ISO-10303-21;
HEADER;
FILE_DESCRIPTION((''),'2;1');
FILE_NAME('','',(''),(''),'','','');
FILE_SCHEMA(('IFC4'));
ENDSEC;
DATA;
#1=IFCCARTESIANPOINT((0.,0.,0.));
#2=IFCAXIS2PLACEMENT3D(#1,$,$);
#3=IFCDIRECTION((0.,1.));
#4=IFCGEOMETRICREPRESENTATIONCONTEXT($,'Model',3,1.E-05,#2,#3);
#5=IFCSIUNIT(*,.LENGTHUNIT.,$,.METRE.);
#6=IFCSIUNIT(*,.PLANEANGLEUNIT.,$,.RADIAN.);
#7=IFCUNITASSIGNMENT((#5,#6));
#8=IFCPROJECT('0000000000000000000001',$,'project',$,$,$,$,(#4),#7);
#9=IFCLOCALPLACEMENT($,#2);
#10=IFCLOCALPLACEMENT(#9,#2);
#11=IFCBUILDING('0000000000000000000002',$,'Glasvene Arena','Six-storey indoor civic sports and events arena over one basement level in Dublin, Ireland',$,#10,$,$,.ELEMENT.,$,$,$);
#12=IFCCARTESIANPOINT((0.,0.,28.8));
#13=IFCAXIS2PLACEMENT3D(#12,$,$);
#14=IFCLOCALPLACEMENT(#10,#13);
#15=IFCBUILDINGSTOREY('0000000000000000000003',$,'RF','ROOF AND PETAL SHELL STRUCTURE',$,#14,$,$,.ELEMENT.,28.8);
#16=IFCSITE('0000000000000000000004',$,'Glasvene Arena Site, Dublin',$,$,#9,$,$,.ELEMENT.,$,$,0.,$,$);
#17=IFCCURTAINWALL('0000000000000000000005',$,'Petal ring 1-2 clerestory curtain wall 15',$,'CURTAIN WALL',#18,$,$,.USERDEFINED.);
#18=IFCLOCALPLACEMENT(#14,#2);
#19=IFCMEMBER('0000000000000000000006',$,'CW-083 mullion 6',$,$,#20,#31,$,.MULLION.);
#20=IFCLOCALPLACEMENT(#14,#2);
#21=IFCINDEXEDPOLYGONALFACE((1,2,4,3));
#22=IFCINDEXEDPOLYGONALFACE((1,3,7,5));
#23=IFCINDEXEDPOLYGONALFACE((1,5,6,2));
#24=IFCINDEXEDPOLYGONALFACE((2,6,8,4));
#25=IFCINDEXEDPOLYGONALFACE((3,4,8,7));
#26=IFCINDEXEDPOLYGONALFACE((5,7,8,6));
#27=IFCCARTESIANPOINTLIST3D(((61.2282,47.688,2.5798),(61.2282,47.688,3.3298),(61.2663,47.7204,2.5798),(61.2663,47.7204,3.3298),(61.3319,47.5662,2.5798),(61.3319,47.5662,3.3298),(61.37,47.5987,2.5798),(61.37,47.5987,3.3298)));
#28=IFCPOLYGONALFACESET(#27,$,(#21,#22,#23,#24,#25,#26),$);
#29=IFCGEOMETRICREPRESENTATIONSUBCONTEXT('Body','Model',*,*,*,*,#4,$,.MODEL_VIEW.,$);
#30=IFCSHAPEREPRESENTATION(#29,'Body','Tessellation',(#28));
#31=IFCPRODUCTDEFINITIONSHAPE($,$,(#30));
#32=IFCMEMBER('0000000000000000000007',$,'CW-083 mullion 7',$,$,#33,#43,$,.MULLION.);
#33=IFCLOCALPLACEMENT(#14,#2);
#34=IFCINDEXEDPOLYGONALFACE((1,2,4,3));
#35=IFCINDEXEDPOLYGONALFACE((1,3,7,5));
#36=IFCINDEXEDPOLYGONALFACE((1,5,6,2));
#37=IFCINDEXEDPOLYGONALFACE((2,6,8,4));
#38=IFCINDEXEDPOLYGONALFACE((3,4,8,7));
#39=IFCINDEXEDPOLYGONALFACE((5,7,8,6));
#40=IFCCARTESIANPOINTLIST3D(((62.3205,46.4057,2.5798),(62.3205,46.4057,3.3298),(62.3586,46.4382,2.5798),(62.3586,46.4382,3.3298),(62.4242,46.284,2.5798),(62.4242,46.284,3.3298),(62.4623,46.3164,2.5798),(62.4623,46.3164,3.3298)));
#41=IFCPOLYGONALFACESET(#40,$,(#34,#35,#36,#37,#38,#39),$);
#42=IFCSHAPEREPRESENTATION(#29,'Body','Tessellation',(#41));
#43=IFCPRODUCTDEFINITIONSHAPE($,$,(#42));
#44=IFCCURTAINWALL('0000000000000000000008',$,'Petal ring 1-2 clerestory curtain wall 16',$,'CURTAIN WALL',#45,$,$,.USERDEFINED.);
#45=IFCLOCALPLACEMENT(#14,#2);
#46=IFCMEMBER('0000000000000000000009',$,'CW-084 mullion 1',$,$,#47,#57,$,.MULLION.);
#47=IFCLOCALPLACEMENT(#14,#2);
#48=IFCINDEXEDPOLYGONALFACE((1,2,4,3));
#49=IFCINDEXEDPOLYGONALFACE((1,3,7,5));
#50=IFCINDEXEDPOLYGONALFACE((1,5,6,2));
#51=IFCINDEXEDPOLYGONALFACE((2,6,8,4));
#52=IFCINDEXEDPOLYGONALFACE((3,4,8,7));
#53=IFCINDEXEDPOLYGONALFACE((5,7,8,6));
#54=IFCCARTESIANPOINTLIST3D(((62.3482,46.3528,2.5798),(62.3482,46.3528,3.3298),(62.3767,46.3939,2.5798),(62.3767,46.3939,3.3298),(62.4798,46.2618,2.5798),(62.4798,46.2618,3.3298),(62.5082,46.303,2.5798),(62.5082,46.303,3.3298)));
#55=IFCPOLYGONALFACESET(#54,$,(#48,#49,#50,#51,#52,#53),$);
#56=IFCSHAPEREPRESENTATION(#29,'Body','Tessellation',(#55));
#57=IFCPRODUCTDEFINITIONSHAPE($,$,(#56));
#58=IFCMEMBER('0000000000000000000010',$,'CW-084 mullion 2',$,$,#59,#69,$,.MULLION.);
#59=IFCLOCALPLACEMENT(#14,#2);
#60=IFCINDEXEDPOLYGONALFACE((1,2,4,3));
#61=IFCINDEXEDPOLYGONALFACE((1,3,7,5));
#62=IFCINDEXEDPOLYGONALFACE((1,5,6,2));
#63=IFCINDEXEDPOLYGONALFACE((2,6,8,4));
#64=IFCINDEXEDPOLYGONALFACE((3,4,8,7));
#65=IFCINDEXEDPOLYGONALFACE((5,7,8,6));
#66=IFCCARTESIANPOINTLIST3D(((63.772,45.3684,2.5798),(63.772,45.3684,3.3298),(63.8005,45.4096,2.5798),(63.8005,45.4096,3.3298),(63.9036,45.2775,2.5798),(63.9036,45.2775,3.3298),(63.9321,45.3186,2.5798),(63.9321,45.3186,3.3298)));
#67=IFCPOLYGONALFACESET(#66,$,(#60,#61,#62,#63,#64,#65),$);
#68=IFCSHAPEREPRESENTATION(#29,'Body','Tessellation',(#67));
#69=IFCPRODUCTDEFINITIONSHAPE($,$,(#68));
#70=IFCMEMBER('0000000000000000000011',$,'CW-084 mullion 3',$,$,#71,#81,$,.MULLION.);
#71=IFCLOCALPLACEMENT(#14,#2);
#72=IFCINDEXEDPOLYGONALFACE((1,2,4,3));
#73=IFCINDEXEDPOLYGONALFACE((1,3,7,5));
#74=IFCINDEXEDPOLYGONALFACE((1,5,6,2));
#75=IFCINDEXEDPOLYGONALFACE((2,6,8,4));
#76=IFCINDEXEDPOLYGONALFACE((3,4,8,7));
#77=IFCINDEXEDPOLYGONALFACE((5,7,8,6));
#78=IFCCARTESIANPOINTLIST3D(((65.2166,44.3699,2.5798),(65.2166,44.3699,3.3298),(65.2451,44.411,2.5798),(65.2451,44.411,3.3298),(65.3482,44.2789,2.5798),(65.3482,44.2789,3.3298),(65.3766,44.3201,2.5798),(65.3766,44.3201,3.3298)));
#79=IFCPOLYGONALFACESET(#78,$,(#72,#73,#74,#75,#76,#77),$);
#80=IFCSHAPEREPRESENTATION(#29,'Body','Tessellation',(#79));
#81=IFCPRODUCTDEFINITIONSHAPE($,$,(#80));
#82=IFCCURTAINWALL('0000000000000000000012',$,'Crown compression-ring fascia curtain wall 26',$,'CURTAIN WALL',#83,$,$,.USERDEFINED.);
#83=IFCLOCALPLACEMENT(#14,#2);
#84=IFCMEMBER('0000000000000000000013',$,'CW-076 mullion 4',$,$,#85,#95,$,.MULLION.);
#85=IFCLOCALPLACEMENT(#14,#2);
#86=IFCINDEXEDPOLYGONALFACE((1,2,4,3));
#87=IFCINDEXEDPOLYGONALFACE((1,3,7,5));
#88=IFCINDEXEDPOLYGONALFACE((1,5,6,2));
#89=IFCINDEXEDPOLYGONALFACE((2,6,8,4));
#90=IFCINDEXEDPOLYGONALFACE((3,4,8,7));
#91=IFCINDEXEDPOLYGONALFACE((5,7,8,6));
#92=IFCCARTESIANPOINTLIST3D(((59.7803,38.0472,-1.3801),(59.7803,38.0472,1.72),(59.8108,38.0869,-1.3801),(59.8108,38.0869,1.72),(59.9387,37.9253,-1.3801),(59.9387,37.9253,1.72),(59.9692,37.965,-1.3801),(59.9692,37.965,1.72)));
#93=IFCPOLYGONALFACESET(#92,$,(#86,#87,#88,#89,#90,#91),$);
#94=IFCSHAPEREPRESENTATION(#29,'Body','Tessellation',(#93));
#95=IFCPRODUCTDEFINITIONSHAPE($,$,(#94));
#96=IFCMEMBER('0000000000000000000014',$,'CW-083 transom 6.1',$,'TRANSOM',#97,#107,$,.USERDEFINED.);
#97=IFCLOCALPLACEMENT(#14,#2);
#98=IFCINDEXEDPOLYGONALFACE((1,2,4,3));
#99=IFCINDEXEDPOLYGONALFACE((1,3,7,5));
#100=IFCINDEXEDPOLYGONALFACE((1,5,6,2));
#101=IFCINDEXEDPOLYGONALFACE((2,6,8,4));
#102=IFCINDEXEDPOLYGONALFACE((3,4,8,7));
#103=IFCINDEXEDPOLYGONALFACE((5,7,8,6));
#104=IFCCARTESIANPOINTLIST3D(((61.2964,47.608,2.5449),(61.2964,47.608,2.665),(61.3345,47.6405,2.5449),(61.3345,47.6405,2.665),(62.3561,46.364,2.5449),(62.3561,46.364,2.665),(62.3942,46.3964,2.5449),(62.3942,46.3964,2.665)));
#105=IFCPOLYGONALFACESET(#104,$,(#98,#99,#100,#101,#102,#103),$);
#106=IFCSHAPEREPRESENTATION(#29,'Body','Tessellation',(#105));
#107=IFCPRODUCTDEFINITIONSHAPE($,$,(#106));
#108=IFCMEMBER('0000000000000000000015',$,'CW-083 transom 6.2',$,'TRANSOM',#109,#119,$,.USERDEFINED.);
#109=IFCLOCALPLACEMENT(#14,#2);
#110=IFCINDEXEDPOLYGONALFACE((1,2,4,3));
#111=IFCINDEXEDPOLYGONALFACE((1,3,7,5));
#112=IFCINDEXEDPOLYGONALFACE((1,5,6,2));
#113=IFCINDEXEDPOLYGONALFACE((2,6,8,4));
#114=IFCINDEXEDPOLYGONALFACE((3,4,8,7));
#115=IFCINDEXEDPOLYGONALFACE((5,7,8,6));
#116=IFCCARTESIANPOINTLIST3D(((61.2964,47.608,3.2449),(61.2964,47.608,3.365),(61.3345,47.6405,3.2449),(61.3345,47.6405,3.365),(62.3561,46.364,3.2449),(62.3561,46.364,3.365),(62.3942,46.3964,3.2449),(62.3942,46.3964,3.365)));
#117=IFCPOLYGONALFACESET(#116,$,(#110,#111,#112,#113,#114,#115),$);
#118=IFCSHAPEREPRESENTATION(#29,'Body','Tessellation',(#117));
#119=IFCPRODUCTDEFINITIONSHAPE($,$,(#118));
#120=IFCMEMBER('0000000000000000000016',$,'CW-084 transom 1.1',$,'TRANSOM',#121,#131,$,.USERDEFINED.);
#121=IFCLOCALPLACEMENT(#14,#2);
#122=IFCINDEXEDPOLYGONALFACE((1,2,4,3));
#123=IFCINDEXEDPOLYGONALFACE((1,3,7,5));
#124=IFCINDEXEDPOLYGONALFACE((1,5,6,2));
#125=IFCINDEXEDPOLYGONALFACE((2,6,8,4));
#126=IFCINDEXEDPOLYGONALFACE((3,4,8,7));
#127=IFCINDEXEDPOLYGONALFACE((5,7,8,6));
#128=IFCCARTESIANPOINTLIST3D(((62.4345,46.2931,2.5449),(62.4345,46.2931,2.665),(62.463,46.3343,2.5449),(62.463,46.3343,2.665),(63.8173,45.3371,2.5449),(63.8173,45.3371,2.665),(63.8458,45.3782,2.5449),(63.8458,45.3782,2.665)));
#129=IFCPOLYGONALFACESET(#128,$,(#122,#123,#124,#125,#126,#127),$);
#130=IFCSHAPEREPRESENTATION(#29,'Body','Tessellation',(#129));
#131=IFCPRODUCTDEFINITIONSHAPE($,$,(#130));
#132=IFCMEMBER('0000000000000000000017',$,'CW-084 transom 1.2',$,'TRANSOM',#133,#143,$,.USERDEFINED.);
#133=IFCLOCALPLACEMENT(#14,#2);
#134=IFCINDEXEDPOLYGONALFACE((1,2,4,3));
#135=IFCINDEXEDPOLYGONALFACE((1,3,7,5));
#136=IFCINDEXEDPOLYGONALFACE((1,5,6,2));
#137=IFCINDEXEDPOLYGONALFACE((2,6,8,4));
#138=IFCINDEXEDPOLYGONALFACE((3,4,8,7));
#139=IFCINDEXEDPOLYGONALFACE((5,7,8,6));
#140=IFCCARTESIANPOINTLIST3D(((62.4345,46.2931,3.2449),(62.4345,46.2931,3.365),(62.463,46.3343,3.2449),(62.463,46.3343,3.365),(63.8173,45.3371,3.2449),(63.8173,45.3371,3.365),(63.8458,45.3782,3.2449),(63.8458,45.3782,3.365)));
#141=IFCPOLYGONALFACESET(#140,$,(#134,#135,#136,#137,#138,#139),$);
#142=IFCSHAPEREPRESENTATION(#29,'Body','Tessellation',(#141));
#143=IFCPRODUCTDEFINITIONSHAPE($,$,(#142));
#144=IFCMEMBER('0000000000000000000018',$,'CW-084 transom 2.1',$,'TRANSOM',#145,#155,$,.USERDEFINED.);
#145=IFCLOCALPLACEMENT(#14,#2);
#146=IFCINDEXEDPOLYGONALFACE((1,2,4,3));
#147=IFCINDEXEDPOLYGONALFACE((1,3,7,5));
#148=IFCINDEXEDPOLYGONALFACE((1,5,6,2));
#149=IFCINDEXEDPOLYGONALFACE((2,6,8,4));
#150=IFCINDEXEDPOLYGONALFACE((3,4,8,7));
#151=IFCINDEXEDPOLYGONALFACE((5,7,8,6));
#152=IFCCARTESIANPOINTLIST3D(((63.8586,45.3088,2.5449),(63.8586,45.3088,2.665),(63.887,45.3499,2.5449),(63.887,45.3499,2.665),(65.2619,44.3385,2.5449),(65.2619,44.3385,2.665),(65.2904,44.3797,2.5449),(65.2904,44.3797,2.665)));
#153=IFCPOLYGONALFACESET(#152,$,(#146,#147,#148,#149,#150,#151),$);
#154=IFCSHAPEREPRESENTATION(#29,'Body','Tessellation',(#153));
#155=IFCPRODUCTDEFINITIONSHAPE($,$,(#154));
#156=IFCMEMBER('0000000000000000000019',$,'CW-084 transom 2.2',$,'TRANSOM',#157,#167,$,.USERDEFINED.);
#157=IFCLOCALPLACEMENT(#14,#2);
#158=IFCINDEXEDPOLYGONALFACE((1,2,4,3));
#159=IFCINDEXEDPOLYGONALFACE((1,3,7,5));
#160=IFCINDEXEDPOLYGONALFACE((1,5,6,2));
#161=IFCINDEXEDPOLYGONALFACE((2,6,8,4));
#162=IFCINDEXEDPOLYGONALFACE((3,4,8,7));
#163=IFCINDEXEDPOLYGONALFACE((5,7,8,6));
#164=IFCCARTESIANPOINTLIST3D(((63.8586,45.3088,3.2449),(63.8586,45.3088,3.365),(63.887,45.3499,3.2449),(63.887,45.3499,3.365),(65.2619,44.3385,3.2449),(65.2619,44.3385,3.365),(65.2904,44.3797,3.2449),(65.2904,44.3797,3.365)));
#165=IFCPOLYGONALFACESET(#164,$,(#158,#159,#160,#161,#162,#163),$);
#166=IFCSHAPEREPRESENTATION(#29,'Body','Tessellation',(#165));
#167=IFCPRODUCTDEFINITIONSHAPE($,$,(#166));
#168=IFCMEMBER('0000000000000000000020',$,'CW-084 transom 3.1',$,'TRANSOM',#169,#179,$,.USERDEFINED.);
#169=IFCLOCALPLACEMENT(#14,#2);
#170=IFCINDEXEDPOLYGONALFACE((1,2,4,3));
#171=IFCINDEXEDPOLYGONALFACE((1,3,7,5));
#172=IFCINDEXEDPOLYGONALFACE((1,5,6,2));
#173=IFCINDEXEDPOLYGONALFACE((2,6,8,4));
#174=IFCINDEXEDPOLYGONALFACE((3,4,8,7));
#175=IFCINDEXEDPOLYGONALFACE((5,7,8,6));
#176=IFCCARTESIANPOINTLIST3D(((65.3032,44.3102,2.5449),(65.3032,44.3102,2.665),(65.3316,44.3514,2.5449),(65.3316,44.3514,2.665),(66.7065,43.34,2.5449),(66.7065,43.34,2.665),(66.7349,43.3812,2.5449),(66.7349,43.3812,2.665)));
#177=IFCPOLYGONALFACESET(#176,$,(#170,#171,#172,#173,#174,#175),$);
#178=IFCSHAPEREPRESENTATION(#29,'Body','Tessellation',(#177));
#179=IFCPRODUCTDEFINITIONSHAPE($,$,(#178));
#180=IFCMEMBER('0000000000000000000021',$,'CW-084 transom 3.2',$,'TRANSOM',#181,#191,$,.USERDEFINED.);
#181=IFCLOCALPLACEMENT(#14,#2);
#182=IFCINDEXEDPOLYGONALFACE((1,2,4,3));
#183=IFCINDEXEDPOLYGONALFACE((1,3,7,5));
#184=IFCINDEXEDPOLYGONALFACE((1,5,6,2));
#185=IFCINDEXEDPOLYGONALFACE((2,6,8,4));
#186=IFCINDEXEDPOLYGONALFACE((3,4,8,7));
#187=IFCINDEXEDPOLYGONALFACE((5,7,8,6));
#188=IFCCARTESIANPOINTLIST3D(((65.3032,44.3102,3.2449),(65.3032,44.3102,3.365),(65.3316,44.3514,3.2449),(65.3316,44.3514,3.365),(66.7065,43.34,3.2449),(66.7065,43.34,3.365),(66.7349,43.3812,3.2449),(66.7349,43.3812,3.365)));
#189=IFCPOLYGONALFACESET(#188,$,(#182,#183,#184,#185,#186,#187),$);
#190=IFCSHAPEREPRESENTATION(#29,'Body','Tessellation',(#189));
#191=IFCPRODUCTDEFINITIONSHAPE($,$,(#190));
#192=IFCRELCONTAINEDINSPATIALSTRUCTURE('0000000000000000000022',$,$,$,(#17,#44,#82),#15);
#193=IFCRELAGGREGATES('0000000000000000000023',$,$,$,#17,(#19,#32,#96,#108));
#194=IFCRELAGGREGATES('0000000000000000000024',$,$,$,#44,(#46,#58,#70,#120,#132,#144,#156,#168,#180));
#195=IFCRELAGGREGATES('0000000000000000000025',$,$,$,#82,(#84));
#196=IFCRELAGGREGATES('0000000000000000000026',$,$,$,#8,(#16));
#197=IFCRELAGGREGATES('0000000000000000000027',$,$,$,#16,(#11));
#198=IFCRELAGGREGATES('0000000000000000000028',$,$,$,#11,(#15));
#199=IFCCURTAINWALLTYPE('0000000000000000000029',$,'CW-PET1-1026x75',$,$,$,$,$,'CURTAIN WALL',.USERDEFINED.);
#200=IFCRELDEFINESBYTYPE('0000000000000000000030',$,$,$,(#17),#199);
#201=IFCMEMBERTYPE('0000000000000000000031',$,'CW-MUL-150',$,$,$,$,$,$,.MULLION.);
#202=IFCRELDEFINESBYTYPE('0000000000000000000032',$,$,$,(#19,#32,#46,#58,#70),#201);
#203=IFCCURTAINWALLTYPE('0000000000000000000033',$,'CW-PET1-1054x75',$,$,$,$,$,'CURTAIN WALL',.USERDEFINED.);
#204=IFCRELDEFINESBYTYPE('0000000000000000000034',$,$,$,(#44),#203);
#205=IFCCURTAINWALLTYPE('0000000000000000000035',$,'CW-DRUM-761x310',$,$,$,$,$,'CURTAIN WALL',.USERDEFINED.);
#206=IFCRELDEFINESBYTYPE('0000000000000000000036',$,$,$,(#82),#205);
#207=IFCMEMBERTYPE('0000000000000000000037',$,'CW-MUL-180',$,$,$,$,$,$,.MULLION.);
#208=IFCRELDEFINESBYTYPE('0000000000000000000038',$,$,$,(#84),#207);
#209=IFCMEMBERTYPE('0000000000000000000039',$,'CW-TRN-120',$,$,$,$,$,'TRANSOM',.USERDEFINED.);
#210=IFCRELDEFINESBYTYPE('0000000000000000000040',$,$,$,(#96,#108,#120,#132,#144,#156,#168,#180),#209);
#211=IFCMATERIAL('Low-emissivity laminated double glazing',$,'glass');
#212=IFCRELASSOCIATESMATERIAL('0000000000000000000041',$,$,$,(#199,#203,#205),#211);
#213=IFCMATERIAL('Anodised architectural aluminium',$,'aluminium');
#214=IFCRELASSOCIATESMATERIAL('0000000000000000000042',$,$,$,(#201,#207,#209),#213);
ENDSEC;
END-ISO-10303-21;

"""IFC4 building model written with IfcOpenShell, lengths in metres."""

from ifc_helpers import new_model, si_unit, direction, frame, origin, origin_2d, place, context, subcontext, project, spatial, rectangle, extrude, material, material_profile, profile_set, type_object, element, aggregate, save


model = new_model("IFC4")

# Units and contexts
model_context = context("Model", 3, precision=1e-05, world=origin(), true_north=direction((0.0, 1.0)))
body_context = subcontext(model_context, "Body", "Model", "MODEL_VIEW")
ifc_project = project(units=[si_unit("LENGTHUNIT", "METRE"), si_unit("PLANEANGLEUNIT", "RADIAN")], contexts=[model_context])

# Site, building, storey
site_placement = place(None, origin())
site = spatial("IfcSite", under=ifc_project, at=site_placement, Name="Glasvene Arena Site, Dublin", CompositionType="ELEMENT", RefElevation=0.0)
building_placement = place(site_placement, origin())
building = spatial("IfcBuilding", under=site, at=building_placement, Name="Glasvene Arena", Description="Six-storey indoor civic sports and events arena over one basement level in Dublin, Ireland", CompositionType="ELEMENT")
storey_placement = place(building_placement, frame((0.0, 0.0, 28.8)))
storey = spatial("IfcBuildingStorey", under=building, at=storey_placement, Name="RF", Description="ROOF AND PETAL SHELL STRUCTURE", CompositionType="ELEMENT", Elevation=28.8)

# Curtain walls, members
ifc_material_1 = material(Name="Low-emissivity laminated double glazing", Category="glass")
curtain_wall_type_1 = type_object("IfcCurtainWallType", Name="CW-PET1-1026x75", ElementType="CURTAIN WALL", PredefinedType="USERDEFINED", material=ifc_material_1)
curtain_wall_1_placement = place(storey_placement, frame((55.7568, 54.1499, 0.0)))
curtain_wall_1 = element("IfcCurtainWall", 1, at=curtain_wall_1_placement, inside=storey, type_object=curtain_wall_type_1, Name="Petal ring 1-2 clerestory curtain wall 15", ObjectType="CURTAIN WALL", PredefinedType="USERDEFINED")
ifc_material_2 = material(Name="Anodised architectural aluminium", Category="aluminium")
ifc_material_profile_1 = material_profile(ifc_material_2, rectangle(XDim=0.05, YDim=0.1599, at=origin_2d()), Name="ALU MULLION 50x160")
ifc_profile_set_1 = profile_set([ifc_material_profile_1], Name="Anodised architectural aluminium")
member_type_1 = type_object("IfcMemberType", Name="CW-MUL-150", PredefinedType="MULLION", material=ifc_profile_set_1)
member_1_placement = place(storey_placement, frame((61.2991, 47.6433, 2.5798), z_axis=(0.0, 0.0, 1.0), x_axis=(0.761261, 0.648445, 0.0)))
member_1 = element("IfcMember", 2, at=member_1_placement, type_object=member_type_1, Name="CW-083 mullion 6", PredefinedType="MULLION", context=body_context, shape_type="SweptSolid", body=[
    extrude(rectangle(XDim=0.05, YDim=0.1599, at=origin_2d()), origin(), (0.0, 0.0, 1.0), 0.75),
])
member_2_placement = place(storey_placement, frame((62.3914, 46.3611, 2.5798), z_axis=(0.0, 0.0, 1.0), x_axis=(0.761261, 0.648445, 0.0)))
member_2 = element("IfcMember", 3, at=member_2_placement, type_object=member_type_1, Name="CW-083 mullion 7", PredefinedType="MULLION", context=body_context, shape_type="SweptSolid", body=[
    extrude(rectangle(XDim=0.05, YDim=0.1599, at=origin_2d()), origin(), (0.0, 0.0, 1.0), 0.75),
])
curtain_wall_type_2 = type_object("IfcCurtainWallType", Name="CW-PET1-1054x75", ElementType="CURTAIN WALL", PredefinedType="USERDEFINED", material=ifc_material_1)
curtain_wall_2_placement = place(storey_placement, frame((62.4077, 46.342, 0.0)))
curtain_wall_2 = element("IfcCurtainWall", 4, at=curtain_wall_2_placement, inside=storey, type_object=curtain_wall_type_2, Name="Petal ring 1-2 clerestory curtain wall 16", ObjectType="CURTAIN WALL", PredefinedType="USERDEFINED")
member_3_placement = place(storey_placement, frame((62.4282, 46.3279, 2.5798), z_axis=(0.0, 0.0, 1.0), x_axis=(0.568619, 0.822601, 0.0)))
member_3 = element("IfcMember", 5, at=member_3_placement, type_object=member_type_1, Name="CW-084 mullion 1", PredefinedType="MULLION", context=body_context, shape_type="SweptSolid", body=[
    extrude(rectangle(XDim=0.05, YDim=0.1599, at=origin_2d()), origin(), (0.0, 0.0, 1.0), 0.75),
])
member_4_placement = place(storey_placement, frame((63.8521, 45.3435, 2.5798), z_axis=(0.0, 0.0, 1.0), x_axis=(0.568619, 0.822601, 0.0)))
member_4 = element("IfcMember", 6, at=member_4_placement, type_object=member_type_1, Name="CW-084 mullion 2", PredefinedType="MULLION", context=body_context, shape_type="SweptSolid", body=[
    extrude(rectangle(XDim=0.05, YDim=0.1599, at=origin_2d()), origin(), (0.0, 0.0, 1.0), 0.75),
])
member_5_placement = place(storey_placement, frame((65.2966, 44.345, 2.5798), z_axis=(0.0, 0.0, 1.0), x_axis=(0.568619, 0.822601, 0.0)))
member_5 = element("IfcMember", 7, at=member_5_placement, type_object=member_type_1, Name="CW-084 mullion 3", PredefinedType="MULLION", context=body_context, shape_type="SweptSolid", body=[
    extrude(rectangle(XDim=0.05, YDim=0.1599, at=origin_2d()), origin(), (0.0, 0.0, 1.0), 0.75),
])

# Curtain wall, member
curtain_wall_type_3 = type_object("IfcCurtainWallType", Name="CW-DRUM-761x310", ElementType="CURTAIN WALL", PredefinedType="USERDEFINED", material=ifc_material_1)
curtain_wall_3_placement = place(storey_placement, frame((56.2559, 40.7913, 0.0)))
curtain_wall_3 = element("IfcCurtainWall", 8, at=curtain_wall_3_placement, inside=storey, type_object=curtain_wall_type_3, Name="Crown compression-ring fascia curtain wall 26", ObjectType="CURTAIN WALL", PredefinedType="USERDEFINED")
ifc_material_profile_2 = material_profile(ifc_material_2, rectangle(XDim=0.05, YDim=0.2, at=origin_2d()), Name="ALU MULLION 50x200")
ifc_profile_set_2 = profile_set([ifc_material_profile_2], Name="Anodised architectural aluminium")
member_type_2 = type_object("IfcMemberType", Name="CW-MUL-180", PredefinedType="MULLION", material=ifc_profile_set_2)
member_6_placement = place(storey_placement, frame((59.8748, 38.0061, -1.3801), z_axis=(0.0, 0.0, 1.0), x_axis=(0.609895, 0.792482, 0.0)))
member_6 = element("IfcMember", 9, at=member_6_placement, type_object=member_type_2, Name="CW-076 mullion 4", PredefinedType="MULLION", context=body_context, shape_type="SweptSolid", body=[
    extrude(rectangle(XDim=0.05, YDim=0.2, at=origin_2d()), origin(), (0.0, 0.0, 1.0), 3.1001),
])

# Members
ifc_material_profile_3 = material_profile(ifc_material_2, rectangle(XDim=0.05, YDim=0.1201, at=origin_2d()), Name="ALU TRANSOM 50x120")
ifc_profile_set_3 = profile_set([ifc_material_profile_3], Name="Anodised architectural aluminium")
member_type_3 = type_object("IfcMemberType", Name="CW-TRN-120", ElementType="TRANSOM", PredefinedType="USERDEFINED", material=ifc_profile_set_3)
member_7_placement = place(storey_placement, frame((61.3154, 47.6243, 2.605), z_axis=(0.648463, -0.761246, 0.0), x_axis=(0.761246, 0.648463, 0.0)))
member_7 = element("IfcMember", 10, at=member_7_placement, type_object=member_type_3, Name="CW-083 transom 6.1", ObjectType="TRANSOM", PredefinedType="USERDEFINED", context=body_context, shape_type="SweptSolid", body=[
    extrude(rectangle(XDim=0.05, YDim=0.1201, at=origin_2d()), origin(), (0.0, 0.0, 1.0), 1.6343),
])
member_8_placement = place(storey_placement, frame((61.3154, 47.6243, 3.3049), z_axis=(0.648463, -0.761246, 0.0), x_axis=(0.761246, 0.648463, 0.0)))
member_8 = element("IfcMember", 11, at=member_8_placement, type_object=member_type_3, Name="CW-083 transom 6.2", ObjectType="TRANSOM", PredefinedType="USERDEFINED", context=body_context, shape_type="SweptSolid", body=[
    extrude(rectangle(XDim=0.05, YDim=0.1201, at=origin_2d()), origin(), (0.0, 0.0, 1.0), 1.6343),
])
member_9_placement = place(storey_placement, frame((62.4487, 46.3137, 2.605), z_axis=(0.822548, -0.568696, 0.0), x_axis=(0.568696, 0.822548, 0.0)))
member_9 = element("IfcMember", 12, at=member_9_placement, type_object=member_type_3, Name="CW-084 transom 1.1", ObjectType="TRANSOM", PredefinedType="USERDEFINED", context=body_context, shape_type="SweptSolid", body=[
    extrude(rectangle(XDim=0.05, YDim=0.1201, at=origin_2d()), origin(), (0.0, 0.0, 1.0), 1.6812),
])
member_10_placement = place(storey_placement, frame((62.4487, 46.3137, 3.3049), z_axis=(0.822548, -0.568696, 0.0), x_axis=(0.568696, 0.822548, 0.0)))
member_10 = element("IfcMember", 13, at=member_10_placement, type_object=member_type_3, Name="CW-084 transom 1.2", ObjectType="TRANSOM", PredefinedType="USERDEFINED", context=body_context, shape_type="SweptSolid", body=[
    extrude(rectangle(XDim=0.05, YDim=0.1201, at=origin_2d()), origin(), (0.0, 0.0, 1.0), 1.6812),
])
member_11_placement = place(storey_placement, frame((63.8728, 45.3293, 2.605), z_axis=(0.822553, -0.568689, 0.0), x_axis=(0.568689, 0.822553, 0.0)))
member_11 = element("IfcMember", 14, at=member_11_placement, type_object=member_type_3, Name="CW-084 transom 2.1", ObjectType="TRANSOM", PredefinedType="USERDEFINED", context=body_context, shape_type="SweptSolid", body=[
    extrude(rectangle(XDim=0.05, YDim=0.1201, at=origin_2d()), origin(), (0.0, 0.0, 1.0), 1.7061),
])
member_12_placement = place(storey_placement, frame((63.8728, 45.3293, 3.3049), z_axis=(0.822553, -0.568689, 0.0), x_axis=(0.568689, 0.822553, 0.0)))
member_12 = element("IfcMember", 15, at=member_12_placement, type_object=member_type_3, Name="CW-084 transom 2.2", ObjectType="TRANSOM", PredefinedType="USERDEFINED", context=body_context, shape_type="SweptSolid", body=[
    extrude(rectangle(XDim=0.05, YDim=0.1201, at=origin_2d()), origin(), (0.0, 0.0, 1.0), 1.7061),
])
member_13_placement = place(storey_placement, frame((65.3174, 44.3308, 2.605), z_axis=(0.822553, -0.568689, 0.0), x_axis=(0.568689, 0.822553, 0.0)))
member_13 = element("IfcMember", 16, at=member_13_placement, type_object=member_type_3, Name="CW-084 transom 3.1", ObjectType="TRANSOM", PredefinedType="USERDEFINED", context=body_context, shape_type="SweptSolid", body=[
    extrude(rectangle(XDim=0.05, YDim=0.1201, at=origin_2d()), origin(), (0.0, 0.0, 1.0), 1.7061),
])
member_14_placement = place(storey_placement, frame((65.3174, 44.3308, 3.3049), z_axis=(0.822553, -0.568689, 0.0), x_axis=(0.568689, 0.822553, 0.0)))
member_14 = element("IfcMember", 17, at=member_14_placement, type_object=member_type_3, Name="CW-084 transom 3.2", ObjectType="TRANSOM", PredefinedType="USERDEFINED", context=body_context, shape_type="SweptSolid", body=[
    extrude(rectangle(XDim=0.05, YDim=0.1201, at=origin_2d()), origin(), (0.0, 0.0, 1.0), 1.7061),
])

aggregate(curtain_wall_1, [member_1, member_2, member_7, member_8])
aggregate(curtain_wall_2, [member_3, member_4, member_5, member_9, member_10, member_11, member_12, member_13, member_14])
aggregate(curtain_wall_3, [member_6])

save(model, "model.ifc")
